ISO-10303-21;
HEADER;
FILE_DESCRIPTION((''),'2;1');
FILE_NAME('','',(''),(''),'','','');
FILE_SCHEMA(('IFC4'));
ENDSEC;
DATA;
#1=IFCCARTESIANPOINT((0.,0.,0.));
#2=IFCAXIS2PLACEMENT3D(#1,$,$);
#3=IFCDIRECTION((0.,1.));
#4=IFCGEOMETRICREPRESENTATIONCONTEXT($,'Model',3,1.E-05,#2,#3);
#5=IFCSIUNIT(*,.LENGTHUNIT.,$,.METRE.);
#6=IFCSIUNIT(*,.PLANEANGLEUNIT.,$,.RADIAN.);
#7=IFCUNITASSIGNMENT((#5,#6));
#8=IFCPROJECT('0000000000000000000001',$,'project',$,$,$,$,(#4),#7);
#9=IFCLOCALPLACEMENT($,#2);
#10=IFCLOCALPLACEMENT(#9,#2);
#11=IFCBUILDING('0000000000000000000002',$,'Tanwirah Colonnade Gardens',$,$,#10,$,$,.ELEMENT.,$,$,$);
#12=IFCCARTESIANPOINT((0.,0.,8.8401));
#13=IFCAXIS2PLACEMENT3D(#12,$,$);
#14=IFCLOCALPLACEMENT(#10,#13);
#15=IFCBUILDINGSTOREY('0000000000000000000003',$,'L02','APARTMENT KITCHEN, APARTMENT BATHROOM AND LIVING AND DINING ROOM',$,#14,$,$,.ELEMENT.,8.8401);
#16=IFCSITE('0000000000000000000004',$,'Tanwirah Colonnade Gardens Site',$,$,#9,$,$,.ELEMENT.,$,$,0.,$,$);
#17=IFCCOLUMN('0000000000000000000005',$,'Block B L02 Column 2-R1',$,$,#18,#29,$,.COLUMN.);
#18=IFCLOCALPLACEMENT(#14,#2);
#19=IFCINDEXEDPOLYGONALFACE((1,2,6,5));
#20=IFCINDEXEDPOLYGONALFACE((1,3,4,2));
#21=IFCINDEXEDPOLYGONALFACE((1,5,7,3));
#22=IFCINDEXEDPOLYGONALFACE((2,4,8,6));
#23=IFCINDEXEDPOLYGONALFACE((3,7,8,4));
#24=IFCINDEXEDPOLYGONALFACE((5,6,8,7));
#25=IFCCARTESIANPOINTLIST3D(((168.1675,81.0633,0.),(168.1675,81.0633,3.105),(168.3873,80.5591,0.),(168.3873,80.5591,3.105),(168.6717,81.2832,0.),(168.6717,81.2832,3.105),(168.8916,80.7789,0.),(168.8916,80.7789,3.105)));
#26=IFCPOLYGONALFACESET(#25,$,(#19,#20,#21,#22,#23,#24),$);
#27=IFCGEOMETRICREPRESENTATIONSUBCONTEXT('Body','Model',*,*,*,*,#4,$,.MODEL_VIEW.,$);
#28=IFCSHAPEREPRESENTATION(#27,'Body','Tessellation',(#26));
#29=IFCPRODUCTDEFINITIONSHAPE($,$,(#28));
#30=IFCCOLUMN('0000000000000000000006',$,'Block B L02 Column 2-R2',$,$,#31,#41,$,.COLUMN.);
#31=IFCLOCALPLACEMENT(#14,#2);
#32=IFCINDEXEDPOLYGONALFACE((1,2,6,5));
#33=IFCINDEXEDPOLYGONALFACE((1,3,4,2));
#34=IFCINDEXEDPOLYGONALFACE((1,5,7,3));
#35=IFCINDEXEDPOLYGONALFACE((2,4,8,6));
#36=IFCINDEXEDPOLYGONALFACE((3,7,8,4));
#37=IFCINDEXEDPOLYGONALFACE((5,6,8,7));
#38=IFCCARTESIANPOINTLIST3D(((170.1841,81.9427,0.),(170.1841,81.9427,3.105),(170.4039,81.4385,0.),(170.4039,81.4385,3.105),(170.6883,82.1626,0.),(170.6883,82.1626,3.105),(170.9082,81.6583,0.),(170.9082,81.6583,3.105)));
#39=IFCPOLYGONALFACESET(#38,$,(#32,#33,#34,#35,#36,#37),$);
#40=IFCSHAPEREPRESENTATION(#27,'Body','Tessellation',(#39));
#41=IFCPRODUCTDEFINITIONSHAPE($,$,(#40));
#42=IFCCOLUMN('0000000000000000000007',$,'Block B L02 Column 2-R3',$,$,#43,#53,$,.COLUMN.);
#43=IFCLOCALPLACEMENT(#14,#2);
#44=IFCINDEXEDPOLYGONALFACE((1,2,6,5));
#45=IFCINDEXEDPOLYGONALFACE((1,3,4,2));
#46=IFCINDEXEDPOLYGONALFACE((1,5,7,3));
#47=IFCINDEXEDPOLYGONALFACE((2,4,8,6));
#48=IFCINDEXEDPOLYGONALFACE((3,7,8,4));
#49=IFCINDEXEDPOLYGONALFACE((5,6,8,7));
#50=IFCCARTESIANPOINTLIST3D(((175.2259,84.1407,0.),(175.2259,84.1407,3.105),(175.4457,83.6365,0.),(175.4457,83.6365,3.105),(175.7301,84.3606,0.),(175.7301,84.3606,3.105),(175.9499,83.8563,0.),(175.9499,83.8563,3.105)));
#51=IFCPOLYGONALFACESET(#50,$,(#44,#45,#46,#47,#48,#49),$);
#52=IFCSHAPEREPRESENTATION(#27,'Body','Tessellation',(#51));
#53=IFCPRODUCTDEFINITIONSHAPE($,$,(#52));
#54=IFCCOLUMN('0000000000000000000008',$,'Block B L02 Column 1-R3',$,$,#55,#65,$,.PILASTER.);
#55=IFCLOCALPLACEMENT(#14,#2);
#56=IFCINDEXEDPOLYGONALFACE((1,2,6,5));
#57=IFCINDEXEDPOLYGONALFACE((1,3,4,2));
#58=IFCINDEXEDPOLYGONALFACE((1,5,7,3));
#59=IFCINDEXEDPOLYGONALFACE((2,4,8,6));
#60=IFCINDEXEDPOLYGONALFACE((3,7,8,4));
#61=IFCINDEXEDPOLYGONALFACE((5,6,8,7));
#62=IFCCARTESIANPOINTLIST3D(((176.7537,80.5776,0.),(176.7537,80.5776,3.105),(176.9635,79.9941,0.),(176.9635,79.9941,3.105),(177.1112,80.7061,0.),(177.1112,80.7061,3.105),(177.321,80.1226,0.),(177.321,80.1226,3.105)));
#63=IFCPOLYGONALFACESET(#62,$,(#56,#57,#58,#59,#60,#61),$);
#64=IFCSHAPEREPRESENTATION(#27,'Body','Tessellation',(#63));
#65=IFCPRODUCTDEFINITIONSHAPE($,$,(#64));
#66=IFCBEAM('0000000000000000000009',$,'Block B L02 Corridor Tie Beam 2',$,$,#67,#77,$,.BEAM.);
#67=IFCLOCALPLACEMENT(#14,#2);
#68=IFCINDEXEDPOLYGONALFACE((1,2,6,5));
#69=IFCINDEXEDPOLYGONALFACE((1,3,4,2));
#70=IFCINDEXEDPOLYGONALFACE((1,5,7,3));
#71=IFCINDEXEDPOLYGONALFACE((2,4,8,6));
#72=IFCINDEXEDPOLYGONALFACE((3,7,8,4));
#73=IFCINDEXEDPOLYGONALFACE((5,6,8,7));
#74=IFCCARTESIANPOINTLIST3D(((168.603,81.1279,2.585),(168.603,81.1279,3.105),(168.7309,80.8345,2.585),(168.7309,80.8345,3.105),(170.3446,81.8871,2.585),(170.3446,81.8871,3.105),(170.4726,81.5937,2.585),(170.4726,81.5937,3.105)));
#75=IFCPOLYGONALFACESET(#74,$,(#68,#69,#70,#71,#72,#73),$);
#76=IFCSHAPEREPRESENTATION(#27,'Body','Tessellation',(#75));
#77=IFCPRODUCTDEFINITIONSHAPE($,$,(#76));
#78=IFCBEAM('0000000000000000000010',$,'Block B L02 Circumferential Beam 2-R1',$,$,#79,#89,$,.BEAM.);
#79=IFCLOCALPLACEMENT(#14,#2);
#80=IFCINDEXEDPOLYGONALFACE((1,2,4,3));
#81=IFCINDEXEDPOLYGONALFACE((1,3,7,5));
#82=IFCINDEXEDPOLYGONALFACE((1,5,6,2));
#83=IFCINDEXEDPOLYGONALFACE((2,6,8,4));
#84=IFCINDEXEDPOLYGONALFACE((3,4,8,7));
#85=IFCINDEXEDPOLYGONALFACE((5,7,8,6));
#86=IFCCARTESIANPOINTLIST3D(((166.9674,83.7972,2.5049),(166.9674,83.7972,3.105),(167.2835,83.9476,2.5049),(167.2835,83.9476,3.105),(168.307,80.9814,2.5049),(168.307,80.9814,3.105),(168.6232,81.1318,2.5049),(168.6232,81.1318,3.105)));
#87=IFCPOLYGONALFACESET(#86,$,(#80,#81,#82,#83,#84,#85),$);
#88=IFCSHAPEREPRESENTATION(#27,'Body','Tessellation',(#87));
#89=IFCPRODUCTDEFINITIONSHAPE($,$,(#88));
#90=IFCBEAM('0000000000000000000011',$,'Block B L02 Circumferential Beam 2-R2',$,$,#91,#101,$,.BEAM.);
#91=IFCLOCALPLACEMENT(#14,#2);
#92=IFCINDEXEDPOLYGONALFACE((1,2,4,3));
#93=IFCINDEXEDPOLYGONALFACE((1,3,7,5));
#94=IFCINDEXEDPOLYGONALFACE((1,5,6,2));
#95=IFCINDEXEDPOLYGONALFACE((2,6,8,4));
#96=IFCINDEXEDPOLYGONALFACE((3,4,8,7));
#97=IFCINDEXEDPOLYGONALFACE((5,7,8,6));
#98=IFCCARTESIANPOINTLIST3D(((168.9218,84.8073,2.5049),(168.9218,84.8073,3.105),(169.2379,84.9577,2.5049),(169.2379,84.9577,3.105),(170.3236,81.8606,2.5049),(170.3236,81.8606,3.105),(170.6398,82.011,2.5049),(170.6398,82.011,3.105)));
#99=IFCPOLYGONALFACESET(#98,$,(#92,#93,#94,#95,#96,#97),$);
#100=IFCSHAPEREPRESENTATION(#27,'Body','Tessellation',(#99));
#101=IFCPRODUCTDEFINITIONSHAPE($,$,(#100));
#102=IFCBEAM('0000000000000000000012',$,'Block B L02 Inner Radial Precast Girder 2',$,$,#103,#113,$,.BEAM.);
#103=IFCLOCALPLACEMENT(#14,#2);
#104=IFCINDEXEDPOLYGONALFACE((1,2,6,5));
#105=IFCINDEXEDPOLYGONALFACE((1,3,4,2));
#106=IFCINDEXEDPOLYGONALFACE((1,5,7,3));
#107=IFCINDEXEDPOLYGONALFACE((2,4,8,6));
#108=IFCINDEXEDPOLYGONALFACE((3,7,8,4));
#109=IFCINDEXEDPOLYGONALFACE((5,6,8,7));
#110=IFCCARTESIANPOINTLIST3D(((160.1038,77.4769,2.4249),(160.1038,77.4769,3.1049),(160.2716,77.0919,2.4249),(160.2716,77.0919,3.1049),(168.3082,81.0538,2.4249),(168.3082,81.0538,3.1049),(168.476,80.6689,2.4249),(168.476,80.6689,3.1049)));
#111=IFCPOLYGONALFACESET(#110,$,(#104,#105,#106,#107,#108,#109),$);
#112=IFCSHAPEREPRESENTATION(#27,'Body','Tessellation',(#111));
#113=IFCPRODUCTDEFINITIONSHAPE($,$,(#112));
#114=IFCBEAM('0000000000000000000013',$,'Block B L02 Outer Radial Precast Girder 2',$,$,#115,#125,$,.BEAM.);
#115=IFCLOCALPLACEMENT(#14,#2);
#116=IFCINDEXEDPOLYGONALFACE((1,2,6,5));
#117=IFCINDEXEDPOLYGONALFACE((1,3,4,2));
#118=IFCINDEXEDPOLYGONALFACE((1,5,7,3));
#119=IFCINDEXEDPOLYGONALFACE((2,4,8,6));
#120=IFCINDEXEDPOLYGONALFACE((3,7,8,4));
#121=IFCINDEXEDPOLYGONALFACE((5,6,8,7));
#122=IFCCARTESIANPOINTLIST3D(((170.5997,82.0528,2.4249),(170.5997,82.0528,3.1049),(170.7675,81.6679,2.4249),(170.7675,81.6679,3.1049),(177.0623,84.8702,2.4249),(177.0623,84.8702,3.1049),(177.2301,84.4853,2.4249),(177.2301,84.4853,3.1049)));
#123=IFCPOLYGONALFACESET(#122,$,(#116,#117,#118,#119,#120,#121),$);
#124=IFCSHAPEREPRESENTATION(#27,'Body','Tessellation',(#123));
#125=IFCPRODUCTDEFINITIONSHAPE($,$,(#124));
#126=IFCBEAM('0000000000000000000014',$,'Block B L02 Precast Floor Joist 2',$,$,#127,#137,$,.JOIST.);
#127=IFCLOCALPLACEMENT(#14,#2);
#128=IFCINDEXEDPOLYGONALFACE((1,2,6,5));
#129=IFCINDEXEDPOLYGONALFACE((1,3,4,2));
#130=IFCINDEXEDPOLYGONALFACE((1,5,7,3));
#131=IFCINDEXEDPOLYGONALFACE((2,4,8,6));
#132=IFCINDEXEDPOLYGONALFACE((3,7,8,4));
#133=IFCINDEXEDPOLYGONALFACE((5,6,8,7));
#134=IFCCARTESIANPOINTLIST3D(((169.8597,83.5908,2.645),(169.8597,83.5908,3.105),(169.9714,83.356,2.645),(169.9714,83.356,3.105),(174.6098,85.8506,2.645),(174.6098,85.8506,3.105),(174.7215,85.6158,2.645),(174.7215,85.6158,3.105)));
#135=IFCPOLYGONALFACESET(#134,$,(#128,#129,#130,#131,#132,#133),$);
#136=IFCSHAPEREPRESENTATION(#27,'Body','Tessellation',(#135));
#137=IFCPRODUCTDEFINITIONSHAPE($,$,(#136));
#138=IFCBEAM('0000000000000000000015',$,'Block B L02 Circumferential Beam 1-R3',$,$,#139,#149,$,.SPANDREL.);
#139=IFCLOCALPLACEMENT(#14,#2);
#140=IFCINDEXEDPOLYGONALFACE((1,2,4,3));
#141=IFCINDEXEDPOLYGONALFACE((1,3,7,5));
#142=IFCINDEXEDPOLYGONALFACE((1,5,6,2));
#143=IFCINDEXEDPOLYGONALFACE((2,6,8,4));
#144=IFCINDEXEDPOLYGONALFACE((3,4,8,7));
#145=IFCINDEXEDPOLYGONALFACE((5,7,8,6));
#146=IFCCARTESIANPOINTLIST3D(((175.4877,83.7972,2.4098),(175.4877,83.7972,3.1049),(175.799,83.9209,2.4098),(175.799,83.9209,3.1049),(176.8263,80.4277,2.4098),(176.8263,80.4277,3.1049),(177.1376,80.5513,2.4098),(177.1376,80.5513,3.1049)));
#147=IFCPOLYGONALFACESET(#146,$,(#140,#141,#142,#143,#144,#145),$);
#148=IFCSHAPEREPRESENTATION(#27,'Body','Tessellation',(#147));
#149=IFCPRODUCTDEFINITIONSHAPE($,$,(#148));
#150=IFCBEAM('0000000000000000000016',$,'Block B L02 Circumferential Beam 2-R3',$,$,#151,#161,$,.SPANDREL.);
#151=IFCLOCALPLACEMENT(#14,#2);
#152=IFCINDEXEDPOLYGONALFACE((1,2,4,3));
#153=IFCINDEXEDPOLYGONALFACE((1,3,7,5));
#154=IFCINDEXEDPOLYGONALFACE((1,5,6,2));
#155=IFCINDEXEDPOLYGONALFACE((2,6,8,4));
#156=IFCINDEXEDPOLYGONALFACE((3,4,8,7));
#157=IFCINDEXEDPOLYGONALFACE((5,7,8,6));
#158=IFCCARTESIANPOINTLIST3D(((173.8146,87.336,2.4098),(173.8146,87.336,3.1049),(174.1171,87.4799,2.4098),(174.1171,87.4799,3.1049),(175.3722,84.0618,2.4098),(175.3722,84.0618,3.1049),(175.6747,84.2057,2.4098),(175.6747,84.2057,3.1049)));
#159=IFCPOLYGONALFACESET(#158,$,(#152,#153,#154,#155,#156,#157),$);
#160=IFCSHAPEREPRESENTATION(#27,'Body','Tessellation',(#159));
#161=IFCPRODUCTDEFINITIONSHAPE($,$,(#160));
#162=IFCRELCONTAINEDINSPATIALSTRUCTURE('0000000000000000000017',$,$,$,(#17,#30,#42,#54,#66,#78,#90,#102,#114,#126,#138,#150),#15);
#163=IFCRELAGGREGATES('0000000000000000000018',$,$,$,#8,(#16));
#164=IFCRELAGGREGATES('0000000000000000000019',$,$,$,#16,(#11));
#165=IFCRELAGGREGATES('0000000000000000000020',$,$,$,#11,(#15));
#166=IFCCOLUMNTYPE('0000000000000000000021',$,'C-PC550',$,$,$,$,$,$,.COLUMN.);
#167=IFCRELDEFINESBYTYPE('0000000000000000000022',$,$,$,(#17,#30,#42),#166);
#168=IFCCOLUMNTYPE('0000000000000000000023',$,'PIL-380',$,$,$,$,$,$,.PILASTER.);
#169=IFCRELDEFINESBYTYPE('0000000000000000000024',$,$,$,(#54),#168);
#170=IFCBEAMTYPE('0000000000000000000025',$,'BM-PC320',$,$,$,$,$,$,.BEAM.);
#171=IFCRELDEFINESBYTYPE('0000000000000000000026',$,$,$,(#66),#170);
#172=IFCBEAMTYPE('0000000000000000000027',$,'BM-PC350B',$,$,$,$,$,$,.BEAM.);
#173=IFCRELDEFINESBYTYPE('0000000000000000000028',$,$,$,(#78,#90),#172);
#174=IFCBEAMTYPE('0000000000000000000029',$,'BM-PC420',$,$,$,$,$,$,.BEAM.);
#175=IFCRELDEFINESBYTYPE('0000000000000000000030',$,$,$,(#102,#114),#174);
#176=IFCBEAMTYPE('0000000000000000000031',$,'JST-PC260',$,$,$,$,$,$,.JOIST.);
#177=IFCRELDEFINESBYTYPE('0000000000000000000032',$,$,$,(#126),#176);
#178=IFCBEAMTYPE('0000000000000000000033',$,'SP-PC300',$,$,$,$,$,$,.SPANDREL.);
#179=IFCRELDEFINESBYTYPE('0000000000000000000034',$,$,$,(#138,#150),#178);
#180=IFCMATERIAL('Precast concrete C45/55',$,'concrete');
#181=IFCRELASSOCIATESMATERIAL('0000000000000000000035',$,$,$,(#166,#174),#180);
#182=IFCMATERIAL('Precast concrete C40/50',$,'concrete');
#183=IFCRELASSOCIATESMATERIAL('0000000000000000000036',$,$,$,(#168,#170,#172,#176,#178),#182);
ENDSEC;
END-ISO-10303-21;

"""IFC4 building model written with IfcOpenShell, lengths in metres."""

from ifc_helpers import new_model, si_unit, direction, frame, origin, origin_2d, place, context, subcontext, project, spatial, rectangle, extrude, material, material_profile, profile_set, type_object, element, save


model = new_model("IFC4")

# Units and contexts
model_context = context("Model", 3, precision=1e-05, world=origin(), true_north=direction((0.0, 1.0)))
body_context = subcontext(model_context, "Body", "Model", "MODEL_VIEW")
ifc_project = project(units=[si_unit("LENGTHUNIT", "METRE"), si_unit("PLANEANGLEUNIT", "RADIAN")], contexts=[model_context])

# Site, building, storey
site_placement = place(None, origin())
site = spatial("IfcSite", under=ifc_project, at=site_placement, Name="Tanwirah Colonnade Gardens Site", CompositionType="ELEMENT", RefElevation=0.0)
building_placement = place(site_placement, origin())
building = spatial("IfcBuilding", under=site, at=building_placement, Name="Tanwirah Colonnade Gardens", CompositionType="ELEMENT")
storey_placement = place(building_placement, frame((0.0, 0.0, 8.8401)))
storey = spatial("IfcBuildingStorey", under=building, at=storey_placement, Name="L02", Description="APARTMENT KITCHEN, APARTMENT BATHROOM AND LIVING AND DINING ROOM", CompositionType="ELEMENT", Elevation=8.8401)

# Columns
ifc_material_1 = material(Name="Precast concrete C45/55", Category="concrete")
ifc_material_profile_1 = material_profile(ifc_material_1, rectangle(XDim=0.55, YDim=0.55, at=origin_2d()), Name="PC-COL 550x550")
ifc_profile_set_1 = profile_set([ifc_material_profile_1], Name="Precast concrete C45/55")
column_type_1 = type_object("IfcColumnType", Name="C-PC550", PredefinedType="COLUMN", material=ifc_profile_set_1)
for number, where, z_axis, x_axis, name in (
    (1, (168.5295, 80.9211, 0.0), (0.0, 0.0, 1.0), (0.916673, 0.399638, 0.0), "Block B L02 Column 2-R1"),
    (2, (170.5461, 81.8005, 0.0), (0.0, 0.0, 1.0), (0.916673, 0.399638, 0.0), "Block B L02 Column 2-R2"),
    (3, (175.5879, 83.9985, 0.0), (0.0, 0.0, 1.0), (0.916673, 0.399638, 0.0), "Block B L02 Column 2-R3"),
):
    element("IfcColumn", number, at=place(storey_placement, frame(where, z_axis=z_axis, x_axis=x_axis)), inside=storey, type_object=column_type_1, Name=name, PredefinedType="COLUMN", context=body_context, shape_type="SweptSolid", body=[
        extrude(rectangle(XDim=0.55, YDim=0.55, at=origin_2d()), origin(), (0.0, 0.0, 1.0), 3.105),
    ])
ifc_material_2 = material(Name="Precast concrete C40/50", Category="concrete")
ifc_material_profile_2 = material_profile(ifc_material_2, rectangle(XDim=0.3799, YDim=0.6201, at=origin_2d()), Name="PC-PIL 380x620")
ifc_profile_set_2 = profile_set([ifc_material_profile_2], Name="Precast concrete C40/50")
column_type_2 = type_object("IfcColumnType", Name="PIL-380", PredefinedType="PILASTER", material=ifc_profile_set_2)
column_placement = place(storey_placement, frame((177.0374, 80.3501, 0.0), z_axis=(0.0, 0.0, 1.0), x_axis=(0.941012, 0.338373, 0.0)))
element("IfcColumn", 4, at=column_placement, inside=storey, type_object=column_type_2, Name="Block B L02 Column 1-R3", PredefinedType="PILASTER", context=body_context, shape_type="SweptSolid", body=[
    extrude(rectangle(XDim=0.3799, YDim=0.6201, at=origin_2d()), origin(), (0.0, 0.0, 1.0), 3.105),
])

# Beams
ifc_material_profile_3 = material_profile(ifc_material_2, rectangle(XDim=0.3201, YDim=0.52, at=origin_2d()), Name="PC-BM 320x520")
ifc_profile_set_3 = profile_set([ifc_material_profile_3], Name="Precast concrete C40/50")
beam_type_1 = type_object("IfcBeamType", Name="BM-PC320", PredefinedType="BEAM", material=ifc_profile_set_3)
beam_1_placement = place(storey_placement, frame((168.667, 80.9812, 2.845), z_axis=(0.916681, 0.399619, 0.0), x_axis=(-0.399619, 0.916681, 0.0)))
element("IfcBeam", 5, at=beam_1_placement, inside=storey, type_object=beam_type_1, Name="Block B L02 Corridor Tie Beam 2", PredefinedType="BEAM", context=body_context, shape_type="SweptSolid", body=[
    extrude(rectangle(XDim=0.3201, YDim=0.52, at=origin_2d()), origin(), (0.0, 0.0, 1.0), 1.8999),
])
ifc_material_profile_4 = material_profile(ifc_material_2, rectangle(XDim=0.3501, YDim=0.6001, at=origin_2d()), Name="PC-BM 350x600")
ifc_profile_set_4 = profile_set([ifc_material_profile_4], Name="Precast concrete C40/50")
beam_type_2 = type_object("IfcBeamType", Name="BM-PC350B", PredefinedType="BEAM", material=ifc_profile_set_4)
beam_2_placement = place(storey_placement, frame((168.4651, 81.0566, 2.8049), z_axis=(-0.429621, 0.90301, 0.0), x_axis=(-0.90301, -0.429621, 0.0)))
element("IfcBeam", 6, at=beam_2_placement, inside=storey, type_object=beam_type_2, Name="Block B L02 Circumferential Beam 2-R1", PredefinedType="BEAM", context=body_context, shape_type="SweptSolid", body=[
    extrude(rectangle(XDim=0.3501, YDim=0.6001, at=origin_2d()), origin(), (0.0, 0.0, 1.0), 3.1182),
])
beam_3_placement = place(storey_placement, frame((170.4817, 81.9358, 2.8049), z_axis=(-0.429591, 0.903024, 0.0), x_axis=(-0.903024, -0.429591, 0.0)))
element("IfcBeam", 7, at=beam_3_placement, inside=storey, type_object=beam_type_2, Name="Block B L02 Circumferential Beam 2-R2", PredefinedType="BEAM", context=body_context, shape_type="SweptSolid", body=[
    extrude(rectangle(XDim=0.3501, YDim=0.6001, at=origin_2d()), origin(), (0.0, 0.0, 1.0), 3.2632),
])
ifc_material_profile_5 = material_profile(ifc_material_1, rectangle(XDim=0.4199, YDim=0.6799, at=origin_2d()), Name="PC-BM 420x680")
ifc_profile_set_5 = profile_set([ifc_material_profile_5], Name="Precast concrete C45/55")
beam_type_3 = type_object("IfcBeamType", Name="BM-PC420", PredefinedType="BEAM", material=ifc_profile_set_5)
beam_4_placement = place(storey_placement, frame((168.3921, 80.8613, 2.7649), z_axis=(-0.916669, -0.399647, 0.0), x_axis=(0.399647, -0.916669, 0.0)))
element("IfcBeam", 8, at=beam_4_placement, inside=storey, type_object=beam_type_3, Name="Block B L02 Inner Radial Precast Girder 2", PredefinedType="BEAM", context=body_context, shape_type="SweptSolid", body=[
    extrude(rectangle(XDim=0.4199, YDim=0.6799, at=origin_2d()), origin(), (0.0, 0.0, 1.0), 8.9502),
])
beam_5_placement = place(storey_placement, frame((170.6836, 81.8604, 2.7649), z_axis=(0.916679, 0.399625, 0.0), x_axis=(-0.399625, 0.916679, 0.0)))
element("IfcBeam", 9, at=beam_5_placement, inside=storey, type_object=beam_type_3, Name="Block B L02 Outer Radial Precast Girder 2", PredefinedType="BEAM", context=body_context, shape_type="SweptSolid", body=[
    extrude(rectangle(XDim=0.4199, YDim=0.6799, at=origin_2d()), origin(), (0.0, 0.0, 1.0), 7.05),
])
ifc_material_profile_6 = material_profile(ifc_material_2, rectangle(XDim=0.26, YDim=0.46, at=origin_2d()), Name="PC-JST 260x460")
ifc_profile_set_6 = profile_set([ifc_material_profile_6], Name="Precast concrete C40/50")
beam_type_4 = type_object("IfcBeamType", Name="JST-PC260", PredefinedType="JOIST", material=ifc_profile_set_6)
beam_6_placement = place(storey_placement, frame((169.9155, 83.4734, 2.875), z_axis=(0.903018, 0.429602, 0.0), x_axis=(-0.429602, 0.903018, 0.0)))
element("IfcBeam", 10, at=beam_6_placement, inside=storey, type_object=beam_type_4, Name="Block B L02 Precast Floor Joist 2", PredefinedType="JOIST", context=body_context, shape_type="SweptSolid", body=[
    extrude(rectangle(XDim=0.26, YDim=0.46, at=origin_2d()), origin(), (0.0, 0.0, 1.0), 5.2603),
])
ifc_material_profile_7 = material_profile(ifc_material_2, rectangle(XDim=0.335, YDim=0.6951, at=origin_2d()), Name="PC-SP 335x695")
ifc_profile_set_7 = profile_set([ifc_material_profile_7], Name="Precast concrete C40/50")
beam_type_5 = type_object("IfcBeamType", Name="SP-PC300", PredefinedType="SPANDREL", material=ifc_profile_set_7)
for number, where, z_axis, x_axis, name in (
    (11, (176.9819, 80.4895, 2.7573), (-0.369195, 0.929352, 0.0), (-0.929352, -0.369195, 0.0), "Block B L02 Circumferential Beam 1-R3"),
    (12, (175.5234, 84.1338, 2.7573), (-0.429594, 0.903022, 0.0), (-0.903022, -0.429594, 0.0), "Block B L02 Circumferential Beam 2-R3"),
):
    element("IfcBeam", number, at=place(storey_placement, frame(where, z_axis=z_axis, x_axis=x_axis)), inside=storey, type_object=beam_type_5, Name=name, PredefinedType="SPANDREL", context=body_context, shape_type="SweptSolid", body=[
        extrude(rectangle(XDim=0.335, YDim=0.6951, at=origin_2d()), origin(), (0.0, 0.0, 1.0), 3.6257),
    ])

save(model, "model.ifc")
